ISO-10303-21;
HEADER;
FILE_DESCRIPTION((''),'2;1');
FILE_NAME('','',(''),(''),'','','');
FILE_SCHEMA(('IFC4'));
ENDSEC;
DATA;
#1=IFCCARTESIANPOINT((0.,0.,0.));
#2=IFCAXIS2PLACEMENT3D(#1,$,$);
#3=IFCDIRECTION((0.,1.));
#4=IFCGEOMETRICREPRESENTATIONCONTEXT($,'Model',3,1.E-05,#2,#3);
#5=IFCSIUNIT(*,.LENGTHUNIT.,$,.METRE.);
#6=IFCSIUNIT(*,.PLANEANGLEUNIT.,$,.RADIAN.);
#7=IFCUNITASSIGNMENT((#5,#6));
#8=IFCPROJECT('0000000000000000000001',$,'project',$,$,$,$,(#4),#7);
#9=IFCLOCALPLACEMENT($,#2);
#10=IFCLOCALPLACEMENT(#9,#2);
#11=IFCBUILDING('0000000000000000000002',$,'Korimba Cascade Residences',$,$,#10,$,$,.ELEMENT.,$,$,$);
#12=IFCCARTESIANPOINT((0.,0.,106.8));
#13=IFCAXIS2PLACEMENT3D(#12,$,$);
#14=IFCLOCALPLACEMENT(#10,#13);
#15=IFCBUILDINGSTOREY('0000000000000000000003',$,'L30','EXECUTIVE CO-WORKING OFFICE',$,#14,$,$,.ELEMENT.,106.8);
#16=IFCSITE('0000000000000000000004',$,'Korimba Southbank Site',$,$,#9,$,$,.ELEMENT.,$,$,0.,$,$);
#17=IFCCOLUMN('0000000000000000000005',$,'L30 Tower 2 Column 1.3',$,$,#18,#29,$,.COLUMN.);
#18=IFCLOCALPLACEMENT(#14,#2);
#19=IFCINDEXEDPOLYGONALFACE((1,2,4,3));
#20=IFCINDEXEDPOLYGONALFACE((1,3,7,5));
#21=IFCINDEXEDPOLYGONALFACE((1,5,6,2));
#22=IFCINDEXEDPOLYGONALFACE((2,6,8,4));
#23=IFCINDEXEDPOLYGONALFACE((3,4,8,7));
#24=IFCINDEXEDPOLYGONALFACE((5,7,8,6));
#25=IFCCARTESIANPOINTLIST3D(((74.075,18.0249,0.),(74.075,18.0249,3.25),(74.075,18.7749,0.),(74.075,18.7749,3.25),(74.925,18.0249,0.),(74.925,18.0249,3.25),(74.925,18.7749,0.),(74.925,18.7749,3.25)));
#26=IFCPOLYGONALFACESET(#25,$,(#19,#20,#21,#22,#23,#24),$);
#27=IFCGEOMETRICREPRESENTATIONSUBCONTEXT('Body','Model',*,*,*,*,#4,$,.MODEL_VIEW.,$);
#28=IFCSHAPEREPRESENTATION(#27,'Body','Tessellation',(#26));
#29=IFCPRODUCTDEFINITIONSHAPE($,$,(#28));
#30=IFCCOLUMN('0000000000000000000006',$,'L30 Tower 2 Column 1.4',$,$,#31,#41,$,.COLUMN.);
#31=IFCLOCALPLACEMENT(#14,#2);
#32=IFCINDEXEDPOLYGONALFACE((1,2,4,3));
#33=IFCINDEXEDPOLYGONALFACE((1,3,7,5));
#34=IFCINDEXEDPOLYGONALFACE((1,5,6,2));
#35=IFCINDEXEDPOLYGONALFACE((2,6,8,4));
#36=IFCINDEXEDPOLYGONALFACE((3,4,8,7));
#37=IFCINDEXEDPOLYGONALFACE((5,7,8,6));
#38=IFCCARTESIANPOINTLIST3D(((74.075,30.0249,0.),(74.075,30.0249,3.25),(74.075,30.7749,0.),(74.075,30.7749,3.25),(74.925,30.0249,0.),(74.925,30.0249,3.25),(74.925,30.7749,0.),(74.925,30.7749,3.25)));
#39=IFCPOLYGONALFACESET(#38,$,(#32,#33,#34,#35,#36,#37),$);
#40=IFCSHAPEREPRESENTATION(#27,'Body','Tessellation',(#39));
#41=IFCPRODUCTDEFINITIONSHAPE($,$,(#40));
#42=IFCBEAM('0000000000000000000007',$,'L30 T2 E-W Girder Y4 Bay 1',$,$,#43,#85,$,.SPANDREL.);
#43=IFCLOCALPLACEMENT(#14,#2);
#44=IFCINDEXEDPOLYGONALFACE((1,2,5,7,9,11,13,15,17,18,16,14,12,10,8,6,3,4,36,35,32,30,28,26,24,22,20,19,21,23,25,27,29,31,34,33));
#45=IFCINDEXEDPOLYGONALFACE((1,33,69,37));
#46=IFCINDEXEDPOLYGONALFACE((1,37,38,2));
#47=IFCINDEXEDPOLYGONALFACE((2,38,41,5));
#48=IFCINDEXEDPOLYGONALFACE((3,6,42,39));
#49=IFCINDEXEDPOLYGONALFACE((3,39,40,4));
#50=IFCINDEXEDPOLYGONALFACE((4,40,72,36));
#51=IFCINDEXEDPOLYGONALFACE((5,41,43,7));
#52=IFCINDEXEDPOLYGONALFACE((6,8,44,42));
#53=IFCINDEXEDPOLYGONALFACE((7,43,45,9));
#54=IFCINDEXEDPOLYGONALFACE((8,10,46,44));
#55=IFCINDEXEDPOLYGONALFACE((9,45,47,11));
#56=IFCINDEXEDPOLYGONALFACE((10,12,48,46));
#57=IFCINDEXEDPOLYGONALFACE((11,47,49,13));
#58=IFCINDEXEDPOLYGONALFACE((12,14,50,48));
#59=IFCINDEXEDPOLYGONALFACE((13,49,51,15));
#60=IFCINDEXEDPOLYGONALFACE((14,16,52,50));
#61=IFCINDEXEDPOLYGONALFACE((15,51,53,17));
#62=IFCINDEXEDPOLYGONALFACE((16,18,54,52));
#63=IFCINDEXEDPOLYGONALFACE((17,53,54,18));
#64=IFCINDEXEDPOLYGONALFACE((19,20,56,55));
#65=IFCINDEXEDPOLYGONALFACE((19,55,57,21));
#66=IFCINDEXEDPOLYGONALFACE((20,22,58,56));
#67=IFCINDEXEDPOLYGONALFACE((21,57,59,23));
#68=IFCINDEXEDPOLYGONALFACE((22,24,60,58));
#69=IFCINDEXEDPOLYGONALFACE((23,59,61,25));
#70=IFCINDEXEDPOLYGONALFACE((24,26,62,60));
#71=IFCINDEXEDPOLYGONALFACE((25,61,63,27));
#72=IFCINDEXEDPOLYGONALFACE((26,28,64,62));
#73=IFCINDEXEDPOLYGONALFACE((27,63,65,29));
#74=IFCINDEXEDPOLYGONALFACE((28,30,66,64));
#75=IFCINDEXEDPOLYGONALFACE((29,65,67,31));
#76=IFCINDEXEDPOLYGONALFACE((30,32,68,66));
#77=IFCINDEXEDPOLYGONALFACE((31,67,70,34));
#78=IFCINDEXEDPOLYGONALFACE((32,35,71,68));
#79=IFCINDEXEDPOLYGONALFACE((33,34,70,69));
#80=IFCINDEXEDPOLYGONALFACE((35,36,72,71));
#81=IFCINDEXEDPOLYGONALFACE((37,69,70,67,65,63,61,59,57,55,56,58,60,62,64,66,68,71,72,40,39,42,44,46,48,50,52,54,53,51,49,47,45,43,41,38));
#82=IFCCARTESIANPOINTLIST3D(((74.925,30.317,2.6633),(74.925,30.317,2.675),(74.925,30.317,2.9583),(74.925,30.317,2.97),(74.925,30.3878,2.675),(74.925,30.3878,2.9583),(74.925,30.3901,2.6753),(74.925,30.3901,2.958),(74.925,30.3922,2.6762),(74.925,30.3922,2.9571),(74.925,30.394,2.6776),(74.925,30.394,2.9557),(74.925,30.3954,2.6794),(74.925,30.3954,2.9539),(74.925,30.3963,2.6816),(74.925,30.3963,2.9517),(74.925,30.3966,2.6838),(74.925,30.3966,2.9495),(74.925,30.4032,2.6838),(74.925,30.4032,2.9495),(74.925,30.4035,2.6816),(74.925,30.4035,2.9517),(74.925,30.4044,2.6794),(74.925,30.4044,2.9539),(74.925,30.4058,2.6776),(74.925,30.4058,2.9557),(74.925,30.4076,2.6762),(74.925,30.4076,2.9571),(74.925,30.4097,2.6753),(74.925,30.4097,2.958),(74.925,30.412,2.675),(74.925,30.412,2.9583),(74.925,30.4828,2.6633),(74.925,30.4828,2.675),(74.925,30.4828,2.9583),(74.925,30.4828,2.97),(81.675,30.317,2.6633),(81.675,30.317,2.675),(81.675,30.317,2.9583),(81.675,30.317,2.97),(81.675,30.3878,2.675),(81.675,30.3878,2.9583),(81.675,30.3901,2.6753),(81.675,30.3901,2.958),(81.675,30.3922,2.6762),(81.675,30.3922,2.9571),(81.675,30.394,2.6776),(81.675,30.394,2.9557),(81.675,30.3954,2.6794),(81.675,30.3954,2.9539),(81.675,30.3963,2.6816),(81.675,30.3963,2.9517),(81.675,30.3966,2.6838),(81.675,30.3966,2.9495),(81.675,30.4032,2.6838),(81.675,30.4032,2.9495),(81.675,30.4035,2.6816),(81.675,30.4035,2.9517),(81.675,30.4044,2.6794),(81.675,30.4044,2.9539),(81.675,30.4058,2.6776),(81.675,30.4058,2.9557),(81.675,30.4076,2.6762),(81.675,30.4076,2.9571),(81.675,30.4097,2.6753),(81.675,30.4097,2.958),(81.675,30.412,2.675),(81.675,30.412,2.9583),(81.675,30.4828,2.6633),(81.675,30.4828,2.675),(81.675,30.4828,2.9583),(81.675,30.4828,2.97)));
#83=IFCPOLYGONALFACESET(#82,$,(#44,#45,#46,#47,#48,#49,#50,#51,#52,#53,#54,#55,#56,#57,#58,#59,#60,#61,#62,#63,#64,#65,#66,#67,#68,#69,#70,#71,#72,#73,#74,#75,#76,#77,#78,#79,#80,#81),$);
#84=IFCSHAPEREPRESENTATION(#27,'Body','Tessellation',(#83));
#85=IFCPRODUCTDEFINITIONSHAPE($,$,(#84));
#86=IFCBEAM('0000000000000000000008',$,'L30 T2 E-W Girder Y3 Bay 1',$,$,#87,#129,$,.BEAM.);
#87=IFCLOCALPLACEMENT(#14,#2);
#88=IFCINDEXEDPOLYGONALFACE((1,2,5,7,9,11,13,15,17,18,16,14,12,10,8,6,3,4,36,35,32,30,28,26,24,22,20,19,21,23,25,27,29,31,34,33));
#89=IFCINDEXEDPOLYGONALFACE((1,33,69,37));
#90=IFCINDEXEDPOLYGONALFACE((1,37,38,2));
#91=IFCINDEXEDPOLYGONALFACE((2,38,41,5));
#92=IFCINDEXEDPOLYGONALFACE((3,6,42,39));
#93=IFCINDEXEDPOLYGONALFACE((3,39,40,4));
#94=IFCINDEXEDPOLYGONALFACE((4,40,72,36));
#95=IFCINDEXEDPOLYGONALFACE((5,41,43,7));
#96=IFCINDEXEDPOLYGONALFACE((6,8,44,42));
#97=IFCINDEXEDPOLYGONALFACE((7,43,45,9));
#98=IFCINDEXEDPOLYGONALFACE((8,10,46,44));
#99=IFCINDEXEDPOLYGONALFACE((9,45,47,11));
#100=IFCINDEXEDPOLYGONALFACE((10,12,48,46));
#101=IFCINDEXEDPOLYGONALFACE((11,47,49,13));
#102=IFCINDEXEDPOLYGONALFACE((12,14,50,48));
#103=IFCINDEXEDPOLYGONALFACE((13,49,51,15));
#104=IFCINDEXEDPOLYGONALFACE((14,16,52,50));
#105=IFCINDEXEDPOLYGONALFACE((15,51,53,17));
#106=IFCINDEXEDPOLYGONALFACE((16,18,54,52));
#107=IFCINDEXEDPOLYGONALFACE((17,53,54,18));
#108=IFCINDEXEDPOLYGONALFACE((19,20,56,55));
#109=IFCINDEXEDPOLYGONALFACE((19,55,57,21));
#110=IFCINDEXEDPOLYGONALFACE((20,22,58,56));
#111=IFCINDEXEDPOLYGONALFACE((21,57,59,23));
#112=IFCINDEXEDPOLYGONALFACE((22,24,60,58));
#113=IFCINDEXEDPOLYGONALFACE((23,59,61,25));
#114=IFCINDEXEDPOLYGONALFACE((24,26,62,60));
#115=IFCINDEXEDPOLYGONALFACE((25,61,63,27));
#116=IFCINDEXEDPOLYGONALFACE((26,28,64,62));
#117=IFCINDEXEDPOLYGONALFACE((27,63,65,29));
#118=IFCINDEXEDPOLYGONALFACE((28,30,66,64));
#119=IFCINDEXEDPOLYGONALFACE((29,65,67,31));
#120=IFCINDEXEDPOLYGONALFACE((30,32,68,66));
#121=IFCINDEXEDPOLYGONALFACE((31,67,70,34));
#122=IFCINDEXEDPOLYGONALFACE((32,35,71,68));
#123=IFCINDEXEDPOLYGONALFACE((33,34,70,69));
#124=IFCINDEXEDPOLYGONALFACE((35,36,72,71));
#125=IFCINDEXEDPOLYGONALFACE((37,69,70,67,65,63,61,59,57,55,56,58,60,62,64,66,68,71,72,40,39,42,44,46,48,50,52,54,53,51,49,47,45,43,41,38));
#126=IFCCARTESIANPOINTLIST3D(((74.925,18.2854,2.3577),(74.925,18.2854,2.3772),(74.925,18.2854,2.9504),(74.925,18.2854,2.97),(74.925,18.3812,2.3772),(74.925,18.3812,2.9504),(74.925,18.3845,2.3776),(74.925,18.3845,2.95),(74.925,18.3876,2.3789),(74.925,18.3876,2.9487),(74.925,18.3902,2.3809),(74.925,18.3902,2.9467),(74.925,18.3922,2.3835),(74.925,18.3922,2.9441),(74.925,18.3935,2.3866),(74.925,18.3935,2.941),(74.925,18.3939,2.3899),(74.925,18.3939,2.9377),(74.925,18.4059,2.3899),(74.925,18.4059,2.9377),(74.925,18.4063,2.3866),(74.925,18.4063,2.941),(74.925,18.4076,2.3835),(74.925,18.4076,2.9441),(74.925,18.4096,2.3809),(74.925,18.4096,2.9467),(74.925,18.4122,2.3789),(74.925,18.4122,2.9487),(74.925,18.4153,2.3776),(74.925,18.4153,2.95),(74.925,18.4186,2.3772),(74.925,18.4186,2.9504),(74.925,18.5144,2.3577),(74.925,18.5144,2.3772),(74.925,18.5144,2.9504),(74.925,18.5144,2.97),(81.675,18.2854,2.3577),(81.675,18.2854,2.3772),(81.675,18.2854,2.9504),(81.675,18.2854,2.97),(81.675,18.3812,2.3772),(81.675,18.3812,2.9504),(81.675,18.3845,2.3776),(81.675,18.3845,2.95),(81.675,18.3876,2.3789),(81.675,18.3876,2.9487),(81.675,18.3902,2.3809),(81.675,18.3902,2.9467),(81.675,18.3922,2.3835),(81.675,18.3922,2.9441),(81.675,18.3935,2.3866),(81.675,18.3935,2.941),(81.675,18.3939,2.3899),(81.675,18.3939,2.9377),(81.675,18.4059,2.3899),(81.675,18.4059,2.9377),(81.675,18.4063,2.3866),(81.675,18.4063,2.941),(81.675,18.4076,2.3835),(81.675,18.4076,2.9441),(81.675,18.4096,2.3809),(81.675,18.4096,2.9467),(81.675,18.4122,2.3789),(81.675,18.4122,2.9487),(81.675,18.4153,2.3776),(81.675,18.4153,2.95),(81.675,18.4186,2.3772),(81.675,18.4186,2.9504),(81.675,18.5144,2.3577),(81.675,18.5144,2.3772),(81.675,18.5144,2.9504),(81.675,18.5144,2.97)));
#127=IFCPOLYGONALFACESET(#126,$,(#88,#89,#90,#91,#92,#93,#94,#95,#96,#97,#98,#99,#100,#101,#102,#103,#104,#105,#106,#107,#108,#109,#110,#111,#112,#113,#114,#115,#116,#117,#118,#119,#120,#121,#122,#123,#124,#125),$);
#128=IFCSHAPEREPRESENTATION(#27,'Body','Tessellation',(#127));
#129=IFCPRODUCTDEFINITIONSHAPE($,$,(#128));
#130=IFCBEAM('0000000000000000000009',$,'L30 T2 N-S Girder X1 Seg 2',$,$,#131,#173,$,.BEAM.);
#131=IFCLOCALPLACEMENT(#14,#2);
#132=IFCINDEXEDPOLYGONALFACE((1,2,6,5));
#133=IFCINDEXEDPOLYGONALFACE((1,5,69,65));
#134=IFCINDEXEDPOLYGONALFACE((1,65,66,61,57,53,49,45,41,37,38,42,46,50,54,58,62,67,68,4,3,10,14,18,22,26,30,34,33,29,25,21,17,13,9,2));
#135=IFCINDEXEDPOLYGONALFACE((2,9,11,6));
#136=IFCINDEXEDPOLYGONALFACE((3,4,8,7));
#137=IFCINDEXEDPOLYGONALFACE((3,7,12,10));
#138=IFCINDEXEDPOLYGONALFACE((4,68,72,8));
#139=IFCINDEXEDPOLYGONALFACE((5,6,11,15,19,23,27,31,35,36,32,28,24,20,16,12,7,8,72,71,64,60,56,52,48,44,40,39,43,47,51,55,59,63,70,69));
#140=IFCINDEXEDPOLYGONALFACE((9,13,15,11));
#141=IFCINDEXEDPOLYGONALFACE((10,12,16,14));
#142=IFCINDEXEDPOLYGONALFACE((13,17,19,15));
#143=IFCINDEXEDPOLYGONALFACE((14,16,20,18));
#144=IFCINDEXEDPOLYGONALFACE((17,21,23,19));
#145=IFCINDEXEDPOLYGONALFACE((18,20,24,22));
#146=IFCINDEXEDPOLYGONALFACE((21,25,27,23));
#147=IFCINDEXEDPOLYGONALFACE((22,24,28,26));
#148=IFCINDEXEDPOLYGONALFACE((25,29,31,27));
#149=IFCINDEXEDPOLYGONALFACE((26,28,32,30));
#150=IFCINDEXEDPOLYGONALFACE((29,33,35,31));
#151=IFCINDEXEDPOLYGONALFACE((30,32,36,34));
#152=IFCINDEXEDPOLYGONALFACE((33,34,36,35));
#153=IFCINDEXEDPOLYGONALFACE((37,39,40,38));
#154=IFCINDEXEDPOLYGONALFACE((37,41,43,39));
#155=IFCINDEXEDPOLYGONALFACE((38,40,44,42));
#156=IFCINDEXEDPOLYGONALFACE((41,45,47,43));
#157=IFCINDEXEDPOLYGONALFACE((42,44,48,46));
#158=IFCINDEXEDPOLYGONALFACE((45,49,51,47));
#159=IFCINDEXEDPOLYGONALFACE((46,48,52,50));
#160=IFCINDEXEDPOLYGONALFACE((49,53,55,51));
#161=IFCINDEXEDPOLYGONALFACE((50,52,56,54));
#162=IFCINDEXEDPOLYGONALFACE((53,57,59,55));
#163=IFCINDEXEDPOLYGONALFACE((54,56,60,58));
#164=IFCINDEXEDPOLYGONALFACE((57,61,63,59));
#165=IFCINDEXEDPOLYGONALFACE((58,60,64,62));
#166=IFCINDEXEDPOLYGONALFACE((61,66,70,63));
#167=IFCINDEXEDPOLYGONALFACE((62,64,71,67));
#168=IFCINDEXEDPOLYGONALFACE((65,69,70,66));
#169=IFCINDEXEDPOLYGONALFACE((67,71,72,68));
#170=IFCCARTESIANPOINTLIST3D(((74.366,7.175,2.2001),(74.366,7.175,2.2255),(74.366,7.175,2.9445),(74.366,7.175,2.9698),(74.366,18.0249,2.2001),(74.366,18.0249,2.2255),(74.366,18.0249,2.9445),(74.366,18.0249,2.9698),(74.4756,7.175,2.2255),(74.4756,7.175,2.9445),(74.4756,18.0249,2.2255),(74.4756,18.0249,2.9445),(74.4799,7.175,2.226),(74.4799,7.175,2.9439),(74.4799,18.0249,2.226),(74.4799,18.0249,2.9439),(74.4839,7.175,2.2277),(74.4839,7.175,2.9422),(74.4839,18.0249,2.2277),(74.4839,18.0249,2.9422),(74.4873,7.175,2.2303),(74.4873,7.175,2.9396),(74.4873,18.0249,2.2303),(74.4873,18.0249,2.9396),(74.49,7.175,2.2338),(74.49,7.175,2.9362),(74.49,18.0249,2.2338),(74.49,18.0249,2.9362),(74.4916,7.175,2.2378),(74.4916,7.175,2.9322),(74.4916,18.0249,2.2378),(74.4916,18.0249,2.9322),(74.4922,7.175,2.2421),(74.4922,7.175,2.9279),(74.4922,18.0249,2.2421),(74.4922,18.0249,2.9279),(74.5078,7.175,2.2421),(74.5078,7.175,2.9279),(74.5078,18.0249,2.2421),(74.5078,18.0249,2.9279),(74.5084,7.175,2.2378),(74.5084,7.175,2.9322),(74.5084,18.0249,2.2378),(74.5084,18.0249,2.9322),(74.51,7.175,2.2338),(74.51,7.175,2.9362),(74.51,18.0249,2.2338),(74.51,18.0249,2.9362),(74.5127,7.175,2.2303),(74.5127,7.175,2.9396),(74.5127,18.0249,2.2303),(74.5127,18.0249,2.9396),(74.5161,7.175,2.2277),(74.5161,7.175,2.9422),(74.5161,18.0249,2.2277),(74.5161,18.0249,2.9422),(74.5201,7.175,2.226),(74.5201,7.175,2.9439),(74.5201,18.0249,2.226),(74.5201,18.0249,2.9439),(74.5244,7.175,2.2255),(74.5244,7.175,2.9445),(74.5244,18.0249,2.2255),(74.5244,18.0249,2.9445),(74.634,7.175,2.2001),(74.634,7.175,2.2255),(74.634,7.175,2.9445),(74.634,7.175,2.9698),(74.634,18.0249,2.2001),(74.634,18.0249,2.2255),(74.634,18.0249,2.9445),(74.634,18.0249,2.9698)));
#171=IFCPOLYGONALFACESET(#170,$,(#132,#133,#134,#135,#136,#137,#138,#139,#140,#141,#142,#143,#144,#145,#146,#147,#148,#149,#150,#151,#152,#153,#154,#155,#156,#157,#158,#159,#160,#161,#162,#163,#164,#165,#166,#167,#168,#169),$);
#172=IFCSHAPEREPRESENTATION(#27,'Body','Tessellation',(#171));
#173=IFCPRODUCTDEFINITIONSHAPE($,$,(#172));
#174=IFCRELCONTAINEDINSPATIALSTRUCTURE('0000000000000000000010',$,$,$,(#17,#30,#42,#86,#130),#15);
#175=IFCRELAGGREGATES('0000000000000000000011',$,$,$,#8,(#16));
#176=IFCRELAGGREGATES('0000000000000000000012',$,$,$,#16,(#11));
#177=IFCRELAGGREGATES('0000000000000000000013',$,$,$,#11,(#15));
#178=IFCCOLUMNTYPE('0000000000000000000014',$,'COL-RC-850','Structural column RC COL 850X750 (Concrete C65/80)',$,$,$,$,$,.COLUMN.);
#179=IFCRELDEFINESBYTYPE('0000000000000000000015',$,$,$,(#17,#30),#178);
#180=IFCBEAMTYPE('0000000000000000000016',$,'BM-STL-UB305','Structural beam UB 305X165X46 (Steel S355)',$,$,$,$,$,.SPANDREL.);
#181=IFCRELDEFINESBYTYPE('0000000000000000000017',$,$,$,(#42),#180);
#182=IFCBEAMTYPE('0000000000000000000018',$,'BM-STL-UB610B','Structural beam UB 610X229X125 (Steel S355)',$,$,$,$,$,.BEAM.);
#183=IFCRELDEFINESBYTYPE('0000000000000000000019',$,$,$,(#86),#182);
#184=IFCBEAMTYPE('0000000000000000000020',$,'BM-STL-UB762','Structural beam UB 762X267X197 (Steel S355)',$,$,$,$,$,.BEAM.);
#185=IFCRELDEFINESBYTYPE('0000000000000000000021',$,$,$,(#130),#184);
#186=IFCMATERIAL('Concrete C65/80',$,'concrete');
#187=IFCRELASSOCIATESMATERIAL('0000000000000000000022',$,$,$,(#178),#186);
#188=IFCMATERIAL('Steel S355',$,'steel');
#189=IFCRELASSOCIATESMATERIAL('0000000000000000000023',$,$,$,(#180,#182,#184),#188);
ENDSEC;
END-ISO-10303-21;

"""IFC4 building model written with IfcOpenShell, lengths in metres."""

from ifc_helpers import new_model, si_unit, direction, frame, origin, origin_2d, place, context, subcontext, project, spatial, rectangle, i_section, extrude, material, material_profile, profile_set, type_object, element, save


model = new_model("IFC4")

# Units and contexts
model_context = context("Model", 3, precision=1e-05, world=origin(), true_north=direction((0.0, 1.0)))
body_context = subcontext(model_context, "Body", "Model", "MODEL_VIEW")
ifc_project = project(units=[si_unit("LENGTHUNIT", "METRE"), si_unit("PLANEANGLEUNIT", "RADIAN")], contexts=[model_context])

# Site, building, storey
site_placement = place(None, origin())
site = spatial("IfcSite", under=ifc_project, at=site_placement, Name="Korimba Southbank Site", CompositionType="ELEMENT", RefElevation=0.0)
building_placement = place(site_placement, origin())
building = spatial("IfcBuilding", under=site, at=building_placement, Name="Korimba Cascade Residences", CompositionType="ELEMENT")
storey_placement = place(building_placement, frame((0.0, 0.0, 106.8)))
storey = spatial("IfcBuildingStorey", under=building, at=storey_placement, Name="L30", Description="EXECUTIVE CO-WORKING OFFICE", CompositionType="ELEMENT", Elevation=106.8)

# Columns
ifc_material_1 = material(Name="Concrete C65/80", Category="concrete")
ifc_material_profile_1 = material_profile(ifc_material_1, rectangle(XDim=0.8501, YDim=0.75, at=origin_2d()), Name="Concrete C65/80")
ifc_profile_set_1 = profile_set([ifc_material_profile_1], Name="Concrete C65/80")
column_type = type_object("IfcColumnType", Name="COL-RC-850", Description="Structural column RC COL 850X750 (Concrete C65/80)", PredefinedType="COLUMN", material=ifc_profile_set_1)
for number, where, z_axis, x_axis, name in (
    (1, (74.5, 18.3999, 0.0), (0.0, 0.0, 1.0), (1.0, 0.0, 0.0), "L30 Tower 2 Column 1.3"),
    (2, (74.5, 30.3999, 0.0), (0.0, 0.0, 1.0), (1.0, 0.0, 0.0), "L30 Tower 2 Column 1.4"),
):
    element("IfcColumn", number, at=place(storey_placement, frame(where, z_axis=z_axis, x_axis=x_axis)), inside=storey, type_object=column_type, Name=name, PredefinedType="COLUMN", context=body_context, shape_type="SweptSolid", body=[
        extrude(rectangle(XDim=0.8501, YDim=0.75, at=origin_2d()), origin(), (0.0, 0.0, 1.0), 3.25),
    ])

# Beams
ifc_material_2 = material(Name="Steel S355", Category="steel")
ifc_material_profile_2 = material_profile(ifc_material_2, i_section(OverallWidth=0.1658, OverallDepth=0.3066, WebThickness=0.0066, FlangeThickness=0.0117, FilletRadius=0.0088, at=origin_2d()), Name="Steel S355")
ifc_profile_set_2 = profile_set([ifc_material_profile_2], Name="Steel S355")
beam_type_1 = type_object("IfcBeamType", Name="BM-STL-UB305", Description="Structural beam UB 305X165X46 (Steel S355)", PredefinedType="SPANDREL", material=ifc_profile_set_2)
beam_1_placement = place(storey_placement, frame((74.925, 30.3999, 2.8167), z_axis=(1.0, 0.0, 0.0), x_axis=(0.0, 1.0, 0.0)))
element("IfcBeam", 3, at=beam_1_placement, inside=storey, type_object=beam_type_1, Name="L30 T2 E-W Girder Y4 Bay 1", PredefinedType="SPANDREL", context=body_context, shape_type="SweptSolid", body=[
    extrude(i_section(OverallWidth=0.1658, OverallDepth=0.3066, WebThickness=0.0066, FlangeThickness=0.0117, FilletRadius=0.0088, at=origin_2d()), origin(), (0.0, 0.0, 1.0), 6.75),
])
ifc_material_profile_3 = material_profile(ifc_material_2, i_section(OverallWidth=0.229, OverallDepth=0.6123, WebThickness=0.012, FlangeThickness=0.0195, FilletRadius=0.0127, at=origin_2d()), Name="Steel S355")
ifc_profile_set_3 = profile_set([ifc_material_profile_3], Name="Steel S355")
beam_type_2 = type_object("IfcBeamType", Name="BM-STL-UB610B", Description="Structural beam UB 610X229X125 (Steel S355)", PredefinedType="BEAM", material=ifc_profile_set_3)
beam_2_placement = place(storey_placement, frame((74.925, 18.3999, 2.6638), z_axis=(1.0, 0.0, 0.0), x_axis=(0.0, 1.0, 0.0)))
element("IfcBeam", 4, at=beam_2_placement, inside=storey, type_object=beam_type_2, Name="L30 T2 E-W Girder Y3 Bay 1", PredefinedType="BEAM", context=body_context, shape_type="SweptSolid", body=[
    extrude(i_section(OverallWidth=0.229, OverallDepth=0.6123, WebThickness=0.012, FlangeThickness=0.0195, FilletRadius=0.0127, at=origin_2d()), origin(), (0.0, 0.0, 1.0), 6.75),
])
ifc_material_profile_4 = material_profile(ifc_material_2, i_section(OverallWidth=0.2681, OverallDepth=0.7698, WebThickness=0.0156, FlangeThickness=0.0254, FilletRadius=0.0166, at=origin_2d()), Name="Steel S355")
ifc_profile_set_4 = profile_set([ifc_material_profile_4], Name="Steel S355")
beam_type_3 = type_object("IfcBeamType", Name="BM-STL-UB762", Description="Structural beam UB 762X267X197 (Steel S355)", PredefinedType="BEAM", material=ifc_profile_set_4)
beam_3_placement = place(storey_placement, frame((74.5, 7.175, 2.585), z_axis=(0.0, 1.0, 0.0), x_axis=(-1.0, 0.0, 0.0)))
element("IfcBeam", 5, at=beam_3_placement, inside=storey, type_object=beam_type_3, Name="L30 T2 N-S Girder X1 Seg 2", PredefinedType="BEAM", context=body_context, shape_type="SweptSolid", body=[
    extrude(i_section(OverallWidth=0.2681, OverallDepth=0.7698, WebThickness=0.0156, FlangeThickness=0.0254, FilletRadius=0.0166, at=origin_2d()), origin(), (0.0, 0.0, 1.0), 10.8499),
])

save(model, "model.ifc")
